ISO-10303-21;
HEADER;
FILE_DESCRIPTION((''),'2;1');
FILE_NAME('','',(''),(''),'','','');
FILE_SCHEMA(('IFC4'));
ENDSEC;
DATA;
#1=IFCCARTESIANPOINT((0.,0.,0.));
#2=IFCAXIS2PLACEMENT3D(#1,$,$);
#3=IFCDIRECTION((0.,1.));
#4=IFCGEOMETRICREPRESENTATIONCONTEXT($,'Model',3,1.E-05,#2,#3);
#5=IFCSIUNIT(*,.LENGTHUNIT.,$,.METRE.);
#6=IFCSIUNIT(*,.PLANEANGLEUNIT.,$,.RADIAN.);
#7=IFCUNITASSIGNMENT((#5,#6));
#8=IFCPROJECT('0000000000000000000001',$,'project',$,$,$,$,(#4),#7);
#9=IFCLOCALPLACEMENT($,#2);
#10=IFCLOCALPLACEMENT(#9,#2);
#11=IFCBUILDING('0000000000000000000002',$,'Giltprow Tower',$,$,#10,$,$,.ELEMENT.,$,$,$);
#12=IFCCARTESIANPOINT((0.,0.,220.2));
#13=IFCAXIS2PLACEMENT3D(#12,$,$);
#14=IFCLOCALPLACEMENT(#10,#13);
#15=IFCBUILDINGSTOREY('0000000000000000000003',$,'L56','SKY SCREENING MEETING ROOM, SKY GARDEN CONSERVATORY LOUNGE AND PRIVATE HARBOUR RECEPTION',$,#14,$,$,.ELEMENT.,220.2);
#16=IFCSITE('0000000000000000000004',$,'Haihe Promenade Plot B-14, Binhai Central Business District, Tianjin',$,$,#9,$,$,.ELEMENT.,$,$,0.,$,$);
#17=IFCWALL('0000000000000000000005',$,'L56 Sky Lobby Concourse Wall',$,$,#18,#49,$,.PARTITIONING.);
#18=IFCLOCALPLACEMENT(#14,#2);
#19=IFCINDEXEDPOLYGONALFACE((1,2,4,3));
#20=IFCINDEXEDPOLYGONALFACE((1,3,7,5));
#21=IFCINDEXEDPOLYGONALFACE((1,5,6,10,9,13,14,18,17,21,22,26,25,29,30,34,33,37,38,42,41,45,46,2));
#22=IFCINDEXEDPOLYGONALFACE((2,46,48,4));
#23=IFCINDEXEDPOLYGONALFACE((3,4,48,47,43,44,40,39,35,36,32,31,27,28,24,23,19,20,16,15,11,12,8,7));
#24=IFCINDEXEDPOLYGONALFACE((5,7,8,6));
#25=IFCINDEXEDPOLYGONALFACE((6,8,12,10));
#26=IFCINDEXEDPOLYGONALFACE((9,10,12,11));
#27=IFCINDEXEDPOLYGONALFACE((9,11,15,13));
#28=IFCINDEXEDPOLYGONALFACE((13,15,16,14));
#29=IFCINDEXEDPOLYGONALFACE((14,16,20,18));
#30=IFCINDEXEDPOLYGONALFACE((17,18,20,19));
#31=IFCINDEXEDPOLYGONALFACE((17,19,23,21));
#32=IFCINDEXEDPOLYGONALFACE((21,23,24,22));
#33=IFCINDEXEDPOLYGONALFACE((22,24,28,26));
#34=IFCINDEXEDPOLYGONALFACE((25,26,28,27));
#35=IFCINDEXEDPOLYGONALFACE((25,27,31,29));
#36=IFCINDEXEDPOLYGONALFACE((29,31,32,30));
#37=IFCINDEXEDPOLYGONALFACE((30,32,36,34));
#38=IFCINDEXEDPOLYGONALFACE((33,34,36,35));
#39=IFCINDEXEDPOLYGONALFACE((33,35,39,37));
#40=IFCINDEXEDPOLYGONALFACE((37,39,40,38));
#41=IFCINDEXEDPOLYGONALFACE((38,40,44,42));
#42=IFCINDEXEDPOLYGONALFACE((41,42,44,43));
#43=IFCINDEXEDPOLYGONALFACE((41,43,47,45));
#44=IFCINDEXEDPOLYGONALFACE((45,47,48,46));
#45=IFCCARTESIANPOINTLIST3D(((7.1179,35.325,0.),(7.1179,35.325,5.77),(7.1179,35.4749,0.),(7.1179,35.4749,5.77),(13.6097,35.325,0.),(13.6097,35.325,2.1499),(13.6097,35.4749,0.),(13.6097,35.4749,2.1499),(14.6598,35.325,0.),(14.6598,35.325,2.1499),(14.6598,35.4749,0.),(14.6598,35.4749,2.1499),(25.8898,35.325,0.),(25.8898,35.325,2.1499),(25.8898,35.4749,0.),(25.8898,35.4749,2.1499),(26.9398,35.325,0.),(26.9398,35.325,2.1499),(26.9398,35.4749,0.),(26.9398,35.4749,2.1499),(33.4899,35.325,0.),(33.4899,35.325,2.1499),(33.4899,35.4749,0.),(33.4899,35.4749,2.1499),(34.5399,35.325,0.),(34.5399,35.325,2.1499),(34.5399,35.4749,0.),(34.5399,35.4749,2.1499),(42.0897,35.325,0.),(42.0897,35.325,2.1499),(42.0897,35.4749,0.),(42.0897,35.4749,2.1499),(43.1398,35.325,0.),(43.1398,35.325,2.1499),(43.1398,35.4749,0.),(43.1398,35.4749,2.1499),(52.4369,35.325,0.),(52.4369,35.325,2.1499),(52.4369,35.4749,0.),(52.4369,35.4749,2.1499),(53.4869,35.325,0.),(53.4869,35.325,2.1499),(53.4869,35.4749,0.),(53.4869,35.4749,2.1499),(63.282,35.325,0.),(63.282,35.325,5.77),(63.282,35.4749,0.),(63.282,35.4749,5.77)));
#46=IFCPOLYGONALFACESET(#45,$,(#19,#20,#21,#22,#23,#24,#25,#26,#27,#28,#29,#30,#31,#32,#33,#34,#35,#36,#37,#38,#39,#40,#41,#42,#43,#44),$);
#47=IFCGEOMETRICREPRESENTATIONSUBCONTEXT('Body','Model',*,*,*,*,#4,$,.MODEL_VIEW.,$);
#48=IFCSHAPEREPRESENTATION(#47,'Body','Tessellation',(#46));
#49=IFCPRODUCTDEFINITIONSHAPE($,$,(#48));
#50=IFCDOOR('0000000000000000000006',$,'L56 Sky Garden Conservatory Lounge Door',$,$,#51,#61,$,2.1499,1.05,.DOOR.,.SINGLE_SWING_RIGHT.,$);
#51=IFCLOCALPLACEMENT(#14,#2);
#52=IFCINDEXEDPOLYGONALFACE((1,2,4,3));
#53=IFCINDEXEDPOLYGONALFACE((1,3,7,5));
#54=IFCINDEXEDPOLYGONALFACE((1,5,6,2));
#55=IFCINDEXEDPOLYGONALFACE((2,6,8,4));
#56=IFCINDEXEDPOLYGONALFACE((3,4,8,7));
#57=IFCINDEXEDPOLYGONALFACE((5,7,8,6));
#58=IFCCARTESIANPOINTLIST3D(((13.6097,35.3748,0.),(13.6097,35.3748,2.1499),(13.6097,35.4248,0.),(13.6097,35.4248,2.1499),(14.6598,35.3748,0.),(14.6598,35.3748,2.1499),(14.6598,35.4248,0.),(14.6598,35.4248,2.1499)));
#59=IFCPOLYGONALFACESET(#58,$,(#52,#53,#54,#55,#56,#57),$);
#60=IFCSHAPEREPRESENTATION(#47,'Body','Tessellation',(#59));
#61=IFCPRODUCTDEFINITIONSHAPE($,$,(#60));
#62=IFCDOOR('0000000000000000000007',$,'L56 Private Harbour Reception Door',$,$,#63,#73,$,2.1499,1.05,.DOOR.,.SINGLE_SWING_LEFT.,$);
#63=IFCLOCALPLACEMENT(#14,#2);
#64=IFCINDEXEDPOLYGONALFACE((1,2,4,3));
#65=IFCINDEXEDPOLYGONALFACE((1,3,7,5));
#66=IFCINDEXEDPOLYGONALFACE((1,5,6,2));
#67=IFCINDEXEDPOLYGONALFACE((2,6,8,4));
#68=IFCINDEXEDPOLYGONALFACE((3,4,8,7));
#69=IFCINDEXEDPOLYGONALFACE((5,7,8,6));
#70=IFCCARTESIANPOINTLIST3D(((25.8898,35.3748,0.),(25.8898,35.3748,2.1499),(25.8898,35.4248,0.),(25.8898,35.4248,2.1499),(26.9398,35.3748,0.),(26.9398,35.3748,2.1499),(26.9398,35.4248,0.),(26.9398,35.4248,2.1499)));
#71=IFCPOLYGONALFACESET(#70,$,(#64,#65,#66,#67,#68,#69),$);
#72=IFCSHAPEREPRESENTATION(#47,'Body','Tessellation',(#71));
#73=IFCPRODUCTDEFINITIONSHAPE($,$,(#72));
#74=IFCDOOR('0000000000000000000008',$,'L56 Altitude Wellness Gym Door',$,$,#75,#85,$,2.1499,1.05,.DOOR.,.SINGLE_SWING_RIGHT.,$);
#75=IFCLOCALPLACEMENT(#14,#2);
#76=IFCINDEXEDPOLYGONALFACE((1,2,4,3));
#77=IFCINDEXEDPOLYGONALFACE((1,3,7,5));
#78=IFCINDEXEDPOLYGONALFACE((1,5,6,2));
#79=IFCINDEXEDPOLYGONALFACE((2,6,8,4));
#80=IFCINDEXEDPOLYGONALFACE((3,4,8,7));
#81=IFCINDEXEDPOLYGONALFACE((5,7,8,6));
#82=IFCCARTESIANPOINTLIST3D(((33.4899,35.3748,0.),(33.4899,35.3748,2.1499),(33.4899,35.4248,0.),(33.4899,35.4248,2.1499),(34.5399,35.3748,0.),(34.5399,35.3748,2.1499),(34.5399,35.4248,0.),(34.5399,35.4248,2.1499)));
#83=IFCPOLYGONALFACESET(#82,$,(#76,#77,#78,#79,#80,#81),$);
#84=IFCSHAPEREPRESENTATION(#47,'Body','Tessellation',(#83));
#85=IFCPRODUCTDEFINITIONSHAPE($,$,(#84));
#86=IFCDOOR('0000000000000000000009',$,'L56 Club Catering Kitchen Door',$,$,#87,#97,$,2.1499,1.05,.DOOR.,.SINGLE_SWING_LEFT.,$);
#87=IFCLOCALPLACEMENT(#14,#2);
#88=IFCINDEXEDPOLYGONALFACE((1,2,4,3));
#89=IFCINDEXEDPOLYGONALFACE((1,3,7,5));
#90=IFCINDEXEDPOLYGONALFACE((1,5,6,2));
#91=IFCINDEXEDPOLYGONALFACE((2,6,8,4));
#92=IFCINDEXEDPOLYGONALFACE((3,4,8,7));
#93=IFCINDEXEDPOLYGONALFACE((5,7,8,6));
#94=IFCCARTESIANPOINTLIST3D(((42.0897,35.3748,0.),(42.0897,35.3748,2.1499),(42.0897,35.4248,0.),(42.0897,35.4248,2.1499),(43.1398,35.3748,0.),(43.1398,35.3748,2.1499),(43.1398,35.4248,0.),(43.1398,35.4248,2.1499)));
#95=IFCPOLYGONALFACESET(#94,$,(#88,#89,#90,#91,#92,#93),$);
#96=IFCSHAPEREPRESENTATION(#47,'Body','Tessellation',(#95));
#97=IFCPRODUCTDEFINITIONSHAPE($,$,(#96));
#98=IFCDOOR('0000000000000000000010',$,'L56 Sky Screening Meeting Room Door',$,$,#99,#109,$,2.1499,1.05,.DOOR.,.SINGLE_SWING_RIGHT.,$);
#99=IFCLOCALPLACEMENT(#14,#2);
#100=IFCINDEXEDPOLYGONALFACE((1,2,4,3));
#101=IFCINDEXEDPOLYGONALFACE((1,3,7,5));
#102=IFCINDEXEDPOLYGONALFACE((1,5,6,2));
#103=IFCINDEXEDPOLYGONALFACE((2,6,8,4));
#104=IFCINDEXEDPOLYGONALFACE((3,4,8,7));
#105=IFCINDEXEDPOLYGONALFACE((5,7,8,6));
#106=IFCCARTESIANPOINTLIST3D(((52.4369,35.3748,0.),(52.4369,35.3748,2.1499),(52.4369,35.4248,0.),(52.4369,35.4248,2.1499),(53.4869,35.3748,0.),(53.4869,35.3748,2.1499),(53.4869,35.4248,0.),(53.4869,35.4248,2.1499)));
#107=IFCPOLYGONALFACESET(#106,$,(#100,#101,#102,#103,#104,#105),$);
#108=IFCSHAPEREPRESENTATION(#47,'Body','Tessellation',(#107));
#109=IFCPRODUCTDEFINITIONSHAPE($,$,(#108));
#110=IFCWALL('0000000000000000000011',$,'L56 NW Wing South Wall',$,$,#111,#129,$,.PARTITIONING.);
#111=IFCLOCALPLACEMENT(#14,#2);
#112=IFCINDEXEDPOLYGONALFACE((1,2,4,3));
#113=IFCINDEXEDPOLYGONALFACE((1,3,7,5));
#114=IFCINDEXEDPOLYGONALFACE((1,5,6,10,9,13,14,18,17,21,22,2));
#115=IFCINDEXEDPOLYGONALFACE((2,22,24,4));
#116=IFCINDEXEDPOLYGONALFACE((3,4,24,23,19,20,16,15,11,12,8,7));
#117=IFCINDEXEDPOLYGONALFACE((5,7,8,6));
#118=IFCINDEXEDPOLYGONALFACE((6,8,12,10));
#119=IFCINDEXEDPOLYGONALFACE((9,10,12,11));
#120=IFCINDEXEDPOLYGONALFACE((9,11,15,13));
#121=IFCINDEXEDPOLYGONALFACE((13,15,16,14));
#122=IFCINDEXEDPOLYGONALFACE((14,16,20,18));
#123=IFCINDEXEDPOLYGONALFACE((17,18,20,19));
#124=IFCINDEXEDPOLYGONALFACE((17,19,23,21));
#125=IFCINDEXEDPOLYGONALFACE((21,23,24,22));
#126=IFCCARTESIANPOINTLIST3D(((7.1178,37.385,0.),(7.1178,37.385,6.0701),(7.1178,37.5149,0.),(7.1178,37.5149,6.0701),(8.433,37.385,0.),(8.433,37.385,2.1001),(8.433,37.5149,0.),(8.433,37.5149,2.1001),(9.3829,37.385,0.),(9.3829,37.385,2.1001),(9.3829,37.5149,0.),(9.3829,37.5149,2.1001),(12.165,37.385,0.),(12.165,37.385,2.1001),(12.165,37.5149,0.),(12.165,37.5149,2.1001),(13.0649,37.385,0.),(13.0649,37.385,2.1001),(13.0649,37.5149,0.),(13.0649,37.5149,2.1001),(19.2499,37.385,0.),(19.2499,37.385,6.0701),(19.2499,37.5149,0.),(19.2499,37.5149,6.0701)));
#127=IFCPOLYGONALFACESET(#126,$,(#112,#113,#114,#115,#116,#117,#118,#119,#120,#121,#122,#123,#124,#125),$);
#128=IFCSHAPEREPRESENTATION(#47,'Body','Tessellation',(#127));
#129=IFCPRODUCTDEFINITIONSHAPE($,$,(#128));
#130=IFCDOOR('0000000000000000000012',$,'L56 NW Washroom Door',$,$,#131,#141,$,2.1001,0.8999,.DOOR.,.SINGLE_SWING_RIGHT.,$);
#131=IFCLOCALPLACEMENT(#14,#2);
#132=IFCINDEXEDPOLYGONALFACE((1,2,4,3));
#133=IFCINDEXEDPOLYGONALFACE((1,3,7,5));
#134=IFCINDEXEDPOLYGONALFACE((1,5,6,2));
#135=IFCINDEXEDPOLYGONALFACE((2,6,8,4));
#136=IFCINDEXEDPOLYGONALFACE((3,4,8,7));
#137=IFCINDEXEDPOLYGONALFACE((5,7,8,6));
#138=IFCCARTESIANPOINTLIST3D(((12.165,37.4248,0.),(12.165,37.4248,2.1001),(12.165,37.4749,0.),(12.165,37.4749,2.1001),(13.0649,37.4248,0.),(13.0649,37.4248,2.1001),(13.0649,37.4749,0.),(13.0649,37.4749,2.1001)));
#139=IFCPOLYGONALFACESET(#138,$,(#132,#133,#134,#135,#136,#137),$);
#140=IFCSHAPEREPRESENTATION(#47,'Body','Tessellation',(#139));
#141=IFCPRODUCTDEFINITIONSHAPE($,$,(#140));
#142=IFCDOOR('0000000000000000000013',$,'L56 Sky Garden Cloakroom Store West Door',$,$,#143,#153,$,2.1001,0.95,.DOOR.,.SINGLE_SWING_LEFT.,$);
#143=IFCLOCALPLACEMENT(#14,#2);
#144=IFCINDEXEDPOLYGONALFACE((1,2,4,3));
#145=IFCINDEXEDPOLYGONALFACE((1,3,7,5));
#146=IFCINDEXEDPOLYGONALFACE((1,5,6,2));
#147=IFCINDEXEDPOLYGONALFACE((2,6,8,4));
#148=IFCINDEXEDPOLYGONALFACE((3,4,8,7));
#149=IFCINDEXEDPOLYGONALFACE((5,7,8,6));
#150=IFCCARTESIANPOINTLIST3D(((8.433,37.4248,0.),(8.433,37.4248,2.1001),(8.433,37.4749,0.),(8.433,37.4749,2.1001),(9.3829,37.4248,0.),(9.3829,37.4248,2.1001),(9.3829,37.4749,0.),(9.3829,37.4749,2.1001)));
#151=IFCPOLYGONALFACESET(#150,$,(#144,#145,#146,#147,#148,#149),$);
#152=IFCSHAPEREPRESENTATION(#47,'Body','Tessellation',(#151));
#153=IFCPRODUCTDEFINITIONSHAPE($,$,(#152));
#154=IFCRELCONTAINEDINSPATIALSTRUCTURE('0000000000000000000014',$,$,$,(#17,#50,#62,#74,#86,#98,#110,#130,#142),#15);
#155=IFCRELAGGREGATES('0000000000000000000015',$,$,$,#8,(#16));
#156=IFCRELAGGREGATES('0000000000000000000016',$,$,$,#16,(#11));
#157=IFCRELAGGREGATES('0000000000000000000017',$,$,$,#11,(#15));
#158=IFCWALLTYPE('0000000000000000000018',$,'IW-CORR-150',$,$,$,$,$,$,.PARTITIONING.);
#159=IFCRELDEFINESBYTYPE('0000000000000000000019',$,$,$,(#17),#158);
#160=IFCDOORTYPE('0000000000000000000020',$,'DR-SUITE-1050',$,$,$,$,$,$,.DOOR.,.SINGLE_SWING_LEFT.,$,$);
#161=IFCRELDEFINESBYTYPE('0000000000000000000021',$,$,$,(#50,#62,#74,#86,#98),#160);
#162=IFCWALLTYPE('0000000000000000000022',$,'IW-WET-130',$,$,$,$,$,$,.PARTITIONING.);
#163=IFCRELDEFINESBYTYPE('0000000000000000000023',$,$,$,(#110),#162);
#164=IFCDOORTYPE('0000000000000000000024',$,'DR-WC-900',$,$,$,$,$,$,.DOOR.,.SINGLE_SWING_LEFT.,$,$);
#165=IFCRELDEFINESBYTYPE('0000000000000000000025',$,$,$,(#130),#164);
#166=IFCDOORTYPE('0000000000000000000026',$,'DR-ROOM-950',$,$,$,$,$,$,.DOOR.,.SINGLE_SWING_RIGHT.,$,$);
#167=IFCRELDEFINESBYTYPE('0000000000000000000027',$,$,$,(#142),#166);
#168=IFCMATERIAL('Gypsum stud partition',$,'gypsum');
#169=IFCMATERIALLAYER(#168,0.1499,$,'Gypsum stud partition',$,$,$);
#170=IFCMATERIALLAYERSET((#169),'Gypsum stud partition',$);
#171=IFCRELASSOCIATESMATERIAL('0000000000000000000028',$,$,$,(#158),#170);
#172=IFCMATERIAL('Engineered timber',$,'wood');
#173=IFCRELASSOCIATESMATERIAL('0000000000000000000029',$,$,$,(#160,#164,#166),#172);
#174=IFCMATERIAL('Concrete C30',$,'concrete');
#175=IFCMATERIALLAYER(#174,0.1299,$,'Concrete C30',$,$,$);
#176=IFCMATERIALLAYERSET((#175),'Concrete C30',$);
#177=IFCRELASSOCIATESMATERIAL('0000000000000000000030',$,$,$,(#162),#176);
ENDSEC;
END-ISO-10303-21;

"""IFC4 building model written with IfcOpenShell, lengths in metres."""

from ifc_helpers import new_model, si_unit, direction, frame, frame_2d, origin, place, context, subcontext, project, spatial, rectangle, extrude, source, transform, mapped, material, layer, layer_set, type_object, element, fill, save


model = new_model("IFC4")

# Units and contexts
model_context = context("Model", 3, precision=1e-05, world=origin(), true_north=direction((0.0, 1.0)))
body_context = subcontext(model_context, "Body", "Model", "MODEL_VIEW")
ifc_project = project(units=[si_unit("LENGTHUNIT", "METRE"), si_unit("PLANEANGLEUNIT", "RADIAN")], contexts=[model_context])

# Site, building, storey
site_placement = place(None, origin())
site = spatial("IfcSite", under=ifc_project, at=site_placement, Name="Haihe Promenade Plot B-14, Binhai Central Business District, Tianjin", CompositionType="ELEMENT", RefElevation=0.0)
building_placement = place(site_placement, origin())
building = spatial("IfcBuilding", under=site, at=building_placement, Name="Giltprow Tower", CompositionType="ELEMENT")
storey_placement = place(building_placement, frame((0.0, 0.0, 220.2)))
storey = spatial("IfcBuildingStorey", under=building, at=storey_placement, Name="L56", Description="SKY SCREENING MEETING ROOM, SKY GARDEN CONSERVATORY LOUNGE AND PRIVATE HARBOUR RECEPTION", CompositionType="ELEMENT", Elevation=220.2)

# Walls, openings, doors
ifc_material_1 = material(Name="Gypsum stud partition", Category="gypsum")
ifc_layer_1 = layer(ifc_material_1, 0.1499, Name="Gypsum stud partition")
ifc_layer_set_1 = layer_set([ifc_layer_1], Name="Gypsum stud partition")
wall_type_1 = type_object("IfcWallType", Name="IW-CORR-150", PredefinedType="PARTITIONING", material=ifc_layer_set_1)
wall_1_placement = place(storey_placement, frame((7.1179, 35.3999, 0.0), z_axis=(0.0, 0.0, 1.0), x_axis=(1.0, 0.0, 0.0)))
wall_1 = element("IfcWall", 1, at=wall_1_placement, inside=storey, type_object=wall_type_1, Name="L56 Sky Lobby Concourse Wall", PredefinedType="PARTITIONING", context=body_context, shape_type="SweptSolid", body=[
    extrude(rectangle(XDim=56.1641, YDim=0.1499, at=frame_2d((28.082, 0.0))), origin(), (0.0, 0.0, 1.0), 5.77),
])
opening_1_placement = place(wall_1_placement, frame((6.4919, 0.0, 0.0)))
opening_1 = element("IfcOpeningElement", 2, at=opening_1_placement, cuts=wall_1, PredefinedType="OPENING", context=body_context, shape_type="SweptSolid", body=[
    extrude(rectangle(XDim=1.05, YDim=2.1499, at=frame_2d((0.5249, 1.075))), frame((0.0, 0.085, 0.0), z_axis=(0.0, -1.0, 0.0), x_axis=(1.0, 0.0, 0.0)), (0.0, 0.0, 1.0), 0.1699),
])
opening_2_placement = place(wall_1_placement, frame((18.772, 0.0, 0.0)))
opening_2 = element("IfcOpeningElement", 3, at=opening_2_placement, cuts=wall_1, PredefinedType="OPENING", context=body_context, shape_type="SweptSolid", body=[
    extrude(rectangle(XDim=1.05, YDim=2.1499, at=frame_2d((0.5249, 1.075))), frame((0.0, 0.085, 0.0), z_axis=(0.0, -1.0, 0.0), x_axis=(1.0, 0.0, 0.0)), (0.0, 0.0, 1.0), 0.1699),
])
opening_3_placement = place(wall_1_placement, frame((26.3721, 0.0, 0.0)))
opening_3 = element("IfcOpeningElement", 4, at=opening_3_placement, cuts=wall_1, PredefinedType="OPENING", context=body_context, shape_type="SweptSolid", body=[
    extrude(rectangle(XDim=1.05, YDim=2.1499, at=frame_2d((0.5249, 1.075))), frame((0.0, 0.085, 0.0), z_axis=(0.0, -1.0, 0.0), x_axis=(1.0, 0.0, 0.0)), (0.0, 0.0, 1.0), 0.1699),
])
opening_4_placement = place(wall_1_placement, frame((34.9719, 0.0, 0.0)))
opening_4 = element("IfcOpeningElement", 5, at=opening_4_placement, cuts=wall_1, PredefinedType="OPENING", context=body_context, shape_type="SweptSolid", body=[
    extrude(rectangle(XDim=1.05, YDim=2.1499, at=frame_2d((0.5249, 1.075))), frame((0.0, 0.085, 0.0), z_axis=(0.0, -1.0, 0.0), x_axis=(1.0, 0.0, 0.0)), (0.0, 0.0, 1.0), 0.1699),
])
opening_5_placement = place(wall_1_placement, frame((45.3191, 0.0, 0.0)))
opening_5 = element("IfcOpeningElement", 6, at=opening_5_placement, cuts=wall_1, PredefinedType="OPENING", context=body_context, shape_type="SweptSolid", body=[
    extrude(rectangle(XDim=1.05, YDim=2.1499, at=frame_2d((0.5249, 1.075))), frame((0.0, 0.085, 0.0), z_axis=(0.0, -1.0, 0.0), x_axis=(1.0, 0.0, 0.0)), (0.0, 0.0, 1.0), 0.1699),
])
ifc_material_2 = material(Name="Engineered timber", Category="wood")
door_type_1 = type_object("IfcDoorType", Name="DR-SUITE-1050", OperationType="SINGLE_SWING_LEFT", PredefinedType="DOOR", material=ifc_material_2)
shared_shape_1 = source(origin(), body_context, "Body", "SweptSolid", [
    extrude(rectangle(XDim=1.05, YDim=2.1499, at=frame_2d((0.5249, 1.075))), frame((0.0, 0.0249, 0.0), z_axis=(0.0, -1.0, 0.0), x_axis=(1.0, 0.0, 0.0)), (0.0, 0.0, 1.0), 0.05),
])
door_1_placement = place(opening_1_placement, origin())
door_1 = element("IfcDoor", 7, at=door_1_placement, inside=storey, type_object=door_type_1, Name="L56 Sky Garden Conservatory Lounge Door", OperationType="SINGLE_SWING_RIGHT", OverallHeight=2.1499, OverallWidth=1.05, PredefinedType="DOOR", context=body_context, shape_type="MappedRepresentation", body=[
    mapped(shared_shape_1, transform((0.0, 0.0, 0.0), x_axis=(1.0, 0.0, 0.0), y_axis=(0.0, 1.0, 0.0), z_axis=(0.0, 0.0, 1.0), scale=1.0)),
])
fill(opening_1, door_1)
door_2_placement = place(opening_2_placement, origin())
door_2 = element("IfcDoor", 8, at=door_2_placement, inside=storey, type_object=door_type_1, Name="L56 Private Harbour Reception Door", OperationType="SINGLE_SWING_LEFT", OverallHeight=2.1499, OverallWidth=1.05, PredefinedType="DOOR", context=body_context, shape_type="MappedRepresentation", body=[
    mapped(shared_shape_1, transform((0.0, 0.0, 0.0), x_axis=(1.0, 0.0, 0.0), y_axis=(0.0, 1.0, 0.0), z_axis=(0.0, 0.0, 1.0), scale=1.0)),
])
fill(opening_2, door_2)
door_3_placement = place(opening_3_placement, origin())
door_3 = element("IfcDoor", 9, at=door_3_placement, inside=storey, type_object=door_type_1, Name="L56 Altitude Wellness Gym Door", OperationType="SINGLE_SWING_RIGHT", OverallHeight=2.1499, OverallWidth=1.05, PredefinedType="DOOR", context=body_context, shape_type="MappedRepresentation", body=[
    mapped(shared_shape_1, transform((0.0, 0.0, 0.0), x_axis=(1.0, 0.0, 0.0), y_axis=(0.0, 1.0, 0.0), z_axis=(0.0, 0.0, 1.0), scale=1.0)),
])
fill(opening_3, door_3)
door_4_placement = place(opening_4_placement, origin())
door_4 = element("IfcDoor", 10, at=door_4_placement, inside=storey, type_object=door_type_1, Name="L56 Club Catering Kitchen Door", OperationType="SINGLE_SWING_LEFT", OverallHeight=2.1499, OverallWidth=1.05, PredefinedType="DOOR", context=body_context, shape_type="MappedRepresentation", body=[
    mapped(shared_shape_1, transform((0.0, 0.0, 0.0), x_axis=(1.0, 0.0, 0.0), y_axis=(0.0, 1.0, 0.0), z_axis=(0.0, 0.0, 1.0), scale=1.0)),
])
fill(opening_4, door_4)
door_5_placement = place(opening_5_placement, origin())
door_5 = element("IfcDoor", 11, at=door_5_placement, inside=storey, type_object=door_type_1, Name="L56 Sky Screening Meeting Room Door", OperationType="SINGLE_SWING_RIGHT", OverallHeight=2.1499, OverallWidth=1.05, PredefinedType="DOOR", context=body_context, shape_type="MappedRepresentation", body=[
    mapped(shared_shape_1, transform((0.0, 0.0, 0.0), x_axis=(1.0, 0.0, 0.0), y_axis=(0.0, 1.0, 0.0), z_axis=(0.0, 0.0, 1.0), scale=1.0)),
])
fill(opening_5, door_5)
ifc_material_3 = material(Name="Concrete C30", Category="concrete")
ifc_layer_2 = layer(ifc_material_3, 0.1299, Name="Concrete C30")
ifc_layer_set_2 = layer_set([ifc_layer_2], Name="Concrete C30")
wall_type_2 = type_object("IfcWallType", Name="IW-WET-130", PredefinedType="PARTITIONING", material=ifc_layer_set_2)
wall_2_placement = place(storey_placement, frame((7.1179, 37.45, 0.0), z_axis=(0.0, 0.0, 1.0), x_axis=(1.0, 0.0, 0.0)))
wall_2 = element("IfcWall", 12, at=wall_2_placement, inside=storey, type_object=wall_type_2, Name="L56 NW Wing South Wall", PredefinedType="PARTITIONING", context=body_context, shape_type="SweptSolid", body=[
    extrude(rectangle(XDim=12.1321, YDim=0.1299, at=frame_2d((6.0659, 0.0))), origin(), (0.0, 0.0, 1.0), 6.0701),
])
opening_6_placement = place(wall_2_placement, frame((1.3149, 0.0, 0.0)))
opening_6 = element("IfcOpeningElement", 13, at=opening_6_placement, cuts=wall_2, PredefinedType="OPENING", context=body_context, shape_type="SweptSolid", body=[
    extrude(rectangle(XDim=0.95, YDim=2.1001, at=frame_2d((0.4751, 1.05))), frame((0.0, 0.075, 0.0), z_axis=(0.0, -1.0, 0.0), x_axis=(1.0, 0.0, 0.0)), (0.0, 0.0, 1.0), 0.1499),
])
opening_7_placement = place(wall_2_placement, frame((5.0471, 0.0, 0.0)))
opening_7 = element("IfcOpeningElement", 14, at=opening_7_placement, cuts=wall_2, PredefinedType="OPENING", context=body_context, shape_type="SweptSolid", body=[
    extrude(rectangle(XDim=0.8999, YDim=2.1001, at=frame_2d((0.45, 1.05))), frame((0.0, 0.075, 0.0), z_axis=(0.0, -1.0, 0.0), x_axis=(1.0, 0.0, 0.0)), (0.0, 0.0, 1.0), 0.1499),
])
door_type_2 = type_object("IfcDoorType", Name="DR-WC-900", OperationType="SINGLE_SWING_LEFT", PredefinedType="DOOR", material=ifc_material_2)
shared_shape_2 = source(origin(), body_context, "Body", "SweptSolid", [
    extrude(rectangle(XDim=0.8999, YDim=2.1001, at=frame_2d((0.45, 1.05))), frame((0.0, 0.0249, 0.0), z_axis=(0.0, -1.0, 0.0), x_axis=(1.0, 0.0, 0.0)), (0.0, 0.0, 1.0), 0.05),
])
door_6_placement = place(opening_7_placement, origin())
door_6 = element("IfcDoor", 15, at=door_6_placement, inside=storey, type_object=door_type_2, Name="L56 NW Washroom Door", OperationType="SINGLE_SWING_RIGHT", OverallHeight=2.1001, OverallWidth=0.8999, PredefinedType="DOOR", context=body_context, shape_type="MappedRepresentation", body=[
    mapped(shared_shape_2, transform((0.0, 0.0, 0.0), x_axis=(1.0, 0.0, 0.0), y_axis=(0.0, 1.0, 0.0), z_axis=(0.0, 0.0, 1.0), scale=1.0)),
])
fill(opening_7, door_6)
door_type_3 = type_object("IfcDoorType", Name="DR-ROOM-950", OperationType="SINGLE_SWING_RIGHT", PredefinedType="DOOR", material=ifc_material_2)
shared_shape_3 = source(origin(), body_context, "Body", "SweptSolid", [
    extrude(rectangle(XDim=0.95, YDim=2.1001, at=frame_2d((0.4751, 1.05))), frame((0.0, 0.0249, 0.0), z_axis=(0.0, -1.0, 0.0), x_axis=(1.0, 0.0, 0.0)), (0.0, 0.0, 1.0), 0.05),
])
door_7_placement = place(opening_6_placement, origin())
door_7 = element("IfcDoor", 16, at=door_7_placement, inside=storey, type_object=door_type_3, Name="L56 Sky Garden Cloakroom Store West Door", OperationType="SINGLE_SWING_LEFT", OverallHeight=2.1001, OverallWidth=0.95, PredefinedType="DOOR", context=body_context, shape_type="MappedRepresentation", body=[
    mapped(shared_shape_3, transform((0.0, 0.0, 0.0), x_axis=(1.0, 0.0, 0.0), y_axis=(0.0, 1.0, 0.0), z_axis=(0.0, 0.0, 1.0), scale=1.0)),
])
fill(opening_6, door_7)

save(model, "model.ifc")
